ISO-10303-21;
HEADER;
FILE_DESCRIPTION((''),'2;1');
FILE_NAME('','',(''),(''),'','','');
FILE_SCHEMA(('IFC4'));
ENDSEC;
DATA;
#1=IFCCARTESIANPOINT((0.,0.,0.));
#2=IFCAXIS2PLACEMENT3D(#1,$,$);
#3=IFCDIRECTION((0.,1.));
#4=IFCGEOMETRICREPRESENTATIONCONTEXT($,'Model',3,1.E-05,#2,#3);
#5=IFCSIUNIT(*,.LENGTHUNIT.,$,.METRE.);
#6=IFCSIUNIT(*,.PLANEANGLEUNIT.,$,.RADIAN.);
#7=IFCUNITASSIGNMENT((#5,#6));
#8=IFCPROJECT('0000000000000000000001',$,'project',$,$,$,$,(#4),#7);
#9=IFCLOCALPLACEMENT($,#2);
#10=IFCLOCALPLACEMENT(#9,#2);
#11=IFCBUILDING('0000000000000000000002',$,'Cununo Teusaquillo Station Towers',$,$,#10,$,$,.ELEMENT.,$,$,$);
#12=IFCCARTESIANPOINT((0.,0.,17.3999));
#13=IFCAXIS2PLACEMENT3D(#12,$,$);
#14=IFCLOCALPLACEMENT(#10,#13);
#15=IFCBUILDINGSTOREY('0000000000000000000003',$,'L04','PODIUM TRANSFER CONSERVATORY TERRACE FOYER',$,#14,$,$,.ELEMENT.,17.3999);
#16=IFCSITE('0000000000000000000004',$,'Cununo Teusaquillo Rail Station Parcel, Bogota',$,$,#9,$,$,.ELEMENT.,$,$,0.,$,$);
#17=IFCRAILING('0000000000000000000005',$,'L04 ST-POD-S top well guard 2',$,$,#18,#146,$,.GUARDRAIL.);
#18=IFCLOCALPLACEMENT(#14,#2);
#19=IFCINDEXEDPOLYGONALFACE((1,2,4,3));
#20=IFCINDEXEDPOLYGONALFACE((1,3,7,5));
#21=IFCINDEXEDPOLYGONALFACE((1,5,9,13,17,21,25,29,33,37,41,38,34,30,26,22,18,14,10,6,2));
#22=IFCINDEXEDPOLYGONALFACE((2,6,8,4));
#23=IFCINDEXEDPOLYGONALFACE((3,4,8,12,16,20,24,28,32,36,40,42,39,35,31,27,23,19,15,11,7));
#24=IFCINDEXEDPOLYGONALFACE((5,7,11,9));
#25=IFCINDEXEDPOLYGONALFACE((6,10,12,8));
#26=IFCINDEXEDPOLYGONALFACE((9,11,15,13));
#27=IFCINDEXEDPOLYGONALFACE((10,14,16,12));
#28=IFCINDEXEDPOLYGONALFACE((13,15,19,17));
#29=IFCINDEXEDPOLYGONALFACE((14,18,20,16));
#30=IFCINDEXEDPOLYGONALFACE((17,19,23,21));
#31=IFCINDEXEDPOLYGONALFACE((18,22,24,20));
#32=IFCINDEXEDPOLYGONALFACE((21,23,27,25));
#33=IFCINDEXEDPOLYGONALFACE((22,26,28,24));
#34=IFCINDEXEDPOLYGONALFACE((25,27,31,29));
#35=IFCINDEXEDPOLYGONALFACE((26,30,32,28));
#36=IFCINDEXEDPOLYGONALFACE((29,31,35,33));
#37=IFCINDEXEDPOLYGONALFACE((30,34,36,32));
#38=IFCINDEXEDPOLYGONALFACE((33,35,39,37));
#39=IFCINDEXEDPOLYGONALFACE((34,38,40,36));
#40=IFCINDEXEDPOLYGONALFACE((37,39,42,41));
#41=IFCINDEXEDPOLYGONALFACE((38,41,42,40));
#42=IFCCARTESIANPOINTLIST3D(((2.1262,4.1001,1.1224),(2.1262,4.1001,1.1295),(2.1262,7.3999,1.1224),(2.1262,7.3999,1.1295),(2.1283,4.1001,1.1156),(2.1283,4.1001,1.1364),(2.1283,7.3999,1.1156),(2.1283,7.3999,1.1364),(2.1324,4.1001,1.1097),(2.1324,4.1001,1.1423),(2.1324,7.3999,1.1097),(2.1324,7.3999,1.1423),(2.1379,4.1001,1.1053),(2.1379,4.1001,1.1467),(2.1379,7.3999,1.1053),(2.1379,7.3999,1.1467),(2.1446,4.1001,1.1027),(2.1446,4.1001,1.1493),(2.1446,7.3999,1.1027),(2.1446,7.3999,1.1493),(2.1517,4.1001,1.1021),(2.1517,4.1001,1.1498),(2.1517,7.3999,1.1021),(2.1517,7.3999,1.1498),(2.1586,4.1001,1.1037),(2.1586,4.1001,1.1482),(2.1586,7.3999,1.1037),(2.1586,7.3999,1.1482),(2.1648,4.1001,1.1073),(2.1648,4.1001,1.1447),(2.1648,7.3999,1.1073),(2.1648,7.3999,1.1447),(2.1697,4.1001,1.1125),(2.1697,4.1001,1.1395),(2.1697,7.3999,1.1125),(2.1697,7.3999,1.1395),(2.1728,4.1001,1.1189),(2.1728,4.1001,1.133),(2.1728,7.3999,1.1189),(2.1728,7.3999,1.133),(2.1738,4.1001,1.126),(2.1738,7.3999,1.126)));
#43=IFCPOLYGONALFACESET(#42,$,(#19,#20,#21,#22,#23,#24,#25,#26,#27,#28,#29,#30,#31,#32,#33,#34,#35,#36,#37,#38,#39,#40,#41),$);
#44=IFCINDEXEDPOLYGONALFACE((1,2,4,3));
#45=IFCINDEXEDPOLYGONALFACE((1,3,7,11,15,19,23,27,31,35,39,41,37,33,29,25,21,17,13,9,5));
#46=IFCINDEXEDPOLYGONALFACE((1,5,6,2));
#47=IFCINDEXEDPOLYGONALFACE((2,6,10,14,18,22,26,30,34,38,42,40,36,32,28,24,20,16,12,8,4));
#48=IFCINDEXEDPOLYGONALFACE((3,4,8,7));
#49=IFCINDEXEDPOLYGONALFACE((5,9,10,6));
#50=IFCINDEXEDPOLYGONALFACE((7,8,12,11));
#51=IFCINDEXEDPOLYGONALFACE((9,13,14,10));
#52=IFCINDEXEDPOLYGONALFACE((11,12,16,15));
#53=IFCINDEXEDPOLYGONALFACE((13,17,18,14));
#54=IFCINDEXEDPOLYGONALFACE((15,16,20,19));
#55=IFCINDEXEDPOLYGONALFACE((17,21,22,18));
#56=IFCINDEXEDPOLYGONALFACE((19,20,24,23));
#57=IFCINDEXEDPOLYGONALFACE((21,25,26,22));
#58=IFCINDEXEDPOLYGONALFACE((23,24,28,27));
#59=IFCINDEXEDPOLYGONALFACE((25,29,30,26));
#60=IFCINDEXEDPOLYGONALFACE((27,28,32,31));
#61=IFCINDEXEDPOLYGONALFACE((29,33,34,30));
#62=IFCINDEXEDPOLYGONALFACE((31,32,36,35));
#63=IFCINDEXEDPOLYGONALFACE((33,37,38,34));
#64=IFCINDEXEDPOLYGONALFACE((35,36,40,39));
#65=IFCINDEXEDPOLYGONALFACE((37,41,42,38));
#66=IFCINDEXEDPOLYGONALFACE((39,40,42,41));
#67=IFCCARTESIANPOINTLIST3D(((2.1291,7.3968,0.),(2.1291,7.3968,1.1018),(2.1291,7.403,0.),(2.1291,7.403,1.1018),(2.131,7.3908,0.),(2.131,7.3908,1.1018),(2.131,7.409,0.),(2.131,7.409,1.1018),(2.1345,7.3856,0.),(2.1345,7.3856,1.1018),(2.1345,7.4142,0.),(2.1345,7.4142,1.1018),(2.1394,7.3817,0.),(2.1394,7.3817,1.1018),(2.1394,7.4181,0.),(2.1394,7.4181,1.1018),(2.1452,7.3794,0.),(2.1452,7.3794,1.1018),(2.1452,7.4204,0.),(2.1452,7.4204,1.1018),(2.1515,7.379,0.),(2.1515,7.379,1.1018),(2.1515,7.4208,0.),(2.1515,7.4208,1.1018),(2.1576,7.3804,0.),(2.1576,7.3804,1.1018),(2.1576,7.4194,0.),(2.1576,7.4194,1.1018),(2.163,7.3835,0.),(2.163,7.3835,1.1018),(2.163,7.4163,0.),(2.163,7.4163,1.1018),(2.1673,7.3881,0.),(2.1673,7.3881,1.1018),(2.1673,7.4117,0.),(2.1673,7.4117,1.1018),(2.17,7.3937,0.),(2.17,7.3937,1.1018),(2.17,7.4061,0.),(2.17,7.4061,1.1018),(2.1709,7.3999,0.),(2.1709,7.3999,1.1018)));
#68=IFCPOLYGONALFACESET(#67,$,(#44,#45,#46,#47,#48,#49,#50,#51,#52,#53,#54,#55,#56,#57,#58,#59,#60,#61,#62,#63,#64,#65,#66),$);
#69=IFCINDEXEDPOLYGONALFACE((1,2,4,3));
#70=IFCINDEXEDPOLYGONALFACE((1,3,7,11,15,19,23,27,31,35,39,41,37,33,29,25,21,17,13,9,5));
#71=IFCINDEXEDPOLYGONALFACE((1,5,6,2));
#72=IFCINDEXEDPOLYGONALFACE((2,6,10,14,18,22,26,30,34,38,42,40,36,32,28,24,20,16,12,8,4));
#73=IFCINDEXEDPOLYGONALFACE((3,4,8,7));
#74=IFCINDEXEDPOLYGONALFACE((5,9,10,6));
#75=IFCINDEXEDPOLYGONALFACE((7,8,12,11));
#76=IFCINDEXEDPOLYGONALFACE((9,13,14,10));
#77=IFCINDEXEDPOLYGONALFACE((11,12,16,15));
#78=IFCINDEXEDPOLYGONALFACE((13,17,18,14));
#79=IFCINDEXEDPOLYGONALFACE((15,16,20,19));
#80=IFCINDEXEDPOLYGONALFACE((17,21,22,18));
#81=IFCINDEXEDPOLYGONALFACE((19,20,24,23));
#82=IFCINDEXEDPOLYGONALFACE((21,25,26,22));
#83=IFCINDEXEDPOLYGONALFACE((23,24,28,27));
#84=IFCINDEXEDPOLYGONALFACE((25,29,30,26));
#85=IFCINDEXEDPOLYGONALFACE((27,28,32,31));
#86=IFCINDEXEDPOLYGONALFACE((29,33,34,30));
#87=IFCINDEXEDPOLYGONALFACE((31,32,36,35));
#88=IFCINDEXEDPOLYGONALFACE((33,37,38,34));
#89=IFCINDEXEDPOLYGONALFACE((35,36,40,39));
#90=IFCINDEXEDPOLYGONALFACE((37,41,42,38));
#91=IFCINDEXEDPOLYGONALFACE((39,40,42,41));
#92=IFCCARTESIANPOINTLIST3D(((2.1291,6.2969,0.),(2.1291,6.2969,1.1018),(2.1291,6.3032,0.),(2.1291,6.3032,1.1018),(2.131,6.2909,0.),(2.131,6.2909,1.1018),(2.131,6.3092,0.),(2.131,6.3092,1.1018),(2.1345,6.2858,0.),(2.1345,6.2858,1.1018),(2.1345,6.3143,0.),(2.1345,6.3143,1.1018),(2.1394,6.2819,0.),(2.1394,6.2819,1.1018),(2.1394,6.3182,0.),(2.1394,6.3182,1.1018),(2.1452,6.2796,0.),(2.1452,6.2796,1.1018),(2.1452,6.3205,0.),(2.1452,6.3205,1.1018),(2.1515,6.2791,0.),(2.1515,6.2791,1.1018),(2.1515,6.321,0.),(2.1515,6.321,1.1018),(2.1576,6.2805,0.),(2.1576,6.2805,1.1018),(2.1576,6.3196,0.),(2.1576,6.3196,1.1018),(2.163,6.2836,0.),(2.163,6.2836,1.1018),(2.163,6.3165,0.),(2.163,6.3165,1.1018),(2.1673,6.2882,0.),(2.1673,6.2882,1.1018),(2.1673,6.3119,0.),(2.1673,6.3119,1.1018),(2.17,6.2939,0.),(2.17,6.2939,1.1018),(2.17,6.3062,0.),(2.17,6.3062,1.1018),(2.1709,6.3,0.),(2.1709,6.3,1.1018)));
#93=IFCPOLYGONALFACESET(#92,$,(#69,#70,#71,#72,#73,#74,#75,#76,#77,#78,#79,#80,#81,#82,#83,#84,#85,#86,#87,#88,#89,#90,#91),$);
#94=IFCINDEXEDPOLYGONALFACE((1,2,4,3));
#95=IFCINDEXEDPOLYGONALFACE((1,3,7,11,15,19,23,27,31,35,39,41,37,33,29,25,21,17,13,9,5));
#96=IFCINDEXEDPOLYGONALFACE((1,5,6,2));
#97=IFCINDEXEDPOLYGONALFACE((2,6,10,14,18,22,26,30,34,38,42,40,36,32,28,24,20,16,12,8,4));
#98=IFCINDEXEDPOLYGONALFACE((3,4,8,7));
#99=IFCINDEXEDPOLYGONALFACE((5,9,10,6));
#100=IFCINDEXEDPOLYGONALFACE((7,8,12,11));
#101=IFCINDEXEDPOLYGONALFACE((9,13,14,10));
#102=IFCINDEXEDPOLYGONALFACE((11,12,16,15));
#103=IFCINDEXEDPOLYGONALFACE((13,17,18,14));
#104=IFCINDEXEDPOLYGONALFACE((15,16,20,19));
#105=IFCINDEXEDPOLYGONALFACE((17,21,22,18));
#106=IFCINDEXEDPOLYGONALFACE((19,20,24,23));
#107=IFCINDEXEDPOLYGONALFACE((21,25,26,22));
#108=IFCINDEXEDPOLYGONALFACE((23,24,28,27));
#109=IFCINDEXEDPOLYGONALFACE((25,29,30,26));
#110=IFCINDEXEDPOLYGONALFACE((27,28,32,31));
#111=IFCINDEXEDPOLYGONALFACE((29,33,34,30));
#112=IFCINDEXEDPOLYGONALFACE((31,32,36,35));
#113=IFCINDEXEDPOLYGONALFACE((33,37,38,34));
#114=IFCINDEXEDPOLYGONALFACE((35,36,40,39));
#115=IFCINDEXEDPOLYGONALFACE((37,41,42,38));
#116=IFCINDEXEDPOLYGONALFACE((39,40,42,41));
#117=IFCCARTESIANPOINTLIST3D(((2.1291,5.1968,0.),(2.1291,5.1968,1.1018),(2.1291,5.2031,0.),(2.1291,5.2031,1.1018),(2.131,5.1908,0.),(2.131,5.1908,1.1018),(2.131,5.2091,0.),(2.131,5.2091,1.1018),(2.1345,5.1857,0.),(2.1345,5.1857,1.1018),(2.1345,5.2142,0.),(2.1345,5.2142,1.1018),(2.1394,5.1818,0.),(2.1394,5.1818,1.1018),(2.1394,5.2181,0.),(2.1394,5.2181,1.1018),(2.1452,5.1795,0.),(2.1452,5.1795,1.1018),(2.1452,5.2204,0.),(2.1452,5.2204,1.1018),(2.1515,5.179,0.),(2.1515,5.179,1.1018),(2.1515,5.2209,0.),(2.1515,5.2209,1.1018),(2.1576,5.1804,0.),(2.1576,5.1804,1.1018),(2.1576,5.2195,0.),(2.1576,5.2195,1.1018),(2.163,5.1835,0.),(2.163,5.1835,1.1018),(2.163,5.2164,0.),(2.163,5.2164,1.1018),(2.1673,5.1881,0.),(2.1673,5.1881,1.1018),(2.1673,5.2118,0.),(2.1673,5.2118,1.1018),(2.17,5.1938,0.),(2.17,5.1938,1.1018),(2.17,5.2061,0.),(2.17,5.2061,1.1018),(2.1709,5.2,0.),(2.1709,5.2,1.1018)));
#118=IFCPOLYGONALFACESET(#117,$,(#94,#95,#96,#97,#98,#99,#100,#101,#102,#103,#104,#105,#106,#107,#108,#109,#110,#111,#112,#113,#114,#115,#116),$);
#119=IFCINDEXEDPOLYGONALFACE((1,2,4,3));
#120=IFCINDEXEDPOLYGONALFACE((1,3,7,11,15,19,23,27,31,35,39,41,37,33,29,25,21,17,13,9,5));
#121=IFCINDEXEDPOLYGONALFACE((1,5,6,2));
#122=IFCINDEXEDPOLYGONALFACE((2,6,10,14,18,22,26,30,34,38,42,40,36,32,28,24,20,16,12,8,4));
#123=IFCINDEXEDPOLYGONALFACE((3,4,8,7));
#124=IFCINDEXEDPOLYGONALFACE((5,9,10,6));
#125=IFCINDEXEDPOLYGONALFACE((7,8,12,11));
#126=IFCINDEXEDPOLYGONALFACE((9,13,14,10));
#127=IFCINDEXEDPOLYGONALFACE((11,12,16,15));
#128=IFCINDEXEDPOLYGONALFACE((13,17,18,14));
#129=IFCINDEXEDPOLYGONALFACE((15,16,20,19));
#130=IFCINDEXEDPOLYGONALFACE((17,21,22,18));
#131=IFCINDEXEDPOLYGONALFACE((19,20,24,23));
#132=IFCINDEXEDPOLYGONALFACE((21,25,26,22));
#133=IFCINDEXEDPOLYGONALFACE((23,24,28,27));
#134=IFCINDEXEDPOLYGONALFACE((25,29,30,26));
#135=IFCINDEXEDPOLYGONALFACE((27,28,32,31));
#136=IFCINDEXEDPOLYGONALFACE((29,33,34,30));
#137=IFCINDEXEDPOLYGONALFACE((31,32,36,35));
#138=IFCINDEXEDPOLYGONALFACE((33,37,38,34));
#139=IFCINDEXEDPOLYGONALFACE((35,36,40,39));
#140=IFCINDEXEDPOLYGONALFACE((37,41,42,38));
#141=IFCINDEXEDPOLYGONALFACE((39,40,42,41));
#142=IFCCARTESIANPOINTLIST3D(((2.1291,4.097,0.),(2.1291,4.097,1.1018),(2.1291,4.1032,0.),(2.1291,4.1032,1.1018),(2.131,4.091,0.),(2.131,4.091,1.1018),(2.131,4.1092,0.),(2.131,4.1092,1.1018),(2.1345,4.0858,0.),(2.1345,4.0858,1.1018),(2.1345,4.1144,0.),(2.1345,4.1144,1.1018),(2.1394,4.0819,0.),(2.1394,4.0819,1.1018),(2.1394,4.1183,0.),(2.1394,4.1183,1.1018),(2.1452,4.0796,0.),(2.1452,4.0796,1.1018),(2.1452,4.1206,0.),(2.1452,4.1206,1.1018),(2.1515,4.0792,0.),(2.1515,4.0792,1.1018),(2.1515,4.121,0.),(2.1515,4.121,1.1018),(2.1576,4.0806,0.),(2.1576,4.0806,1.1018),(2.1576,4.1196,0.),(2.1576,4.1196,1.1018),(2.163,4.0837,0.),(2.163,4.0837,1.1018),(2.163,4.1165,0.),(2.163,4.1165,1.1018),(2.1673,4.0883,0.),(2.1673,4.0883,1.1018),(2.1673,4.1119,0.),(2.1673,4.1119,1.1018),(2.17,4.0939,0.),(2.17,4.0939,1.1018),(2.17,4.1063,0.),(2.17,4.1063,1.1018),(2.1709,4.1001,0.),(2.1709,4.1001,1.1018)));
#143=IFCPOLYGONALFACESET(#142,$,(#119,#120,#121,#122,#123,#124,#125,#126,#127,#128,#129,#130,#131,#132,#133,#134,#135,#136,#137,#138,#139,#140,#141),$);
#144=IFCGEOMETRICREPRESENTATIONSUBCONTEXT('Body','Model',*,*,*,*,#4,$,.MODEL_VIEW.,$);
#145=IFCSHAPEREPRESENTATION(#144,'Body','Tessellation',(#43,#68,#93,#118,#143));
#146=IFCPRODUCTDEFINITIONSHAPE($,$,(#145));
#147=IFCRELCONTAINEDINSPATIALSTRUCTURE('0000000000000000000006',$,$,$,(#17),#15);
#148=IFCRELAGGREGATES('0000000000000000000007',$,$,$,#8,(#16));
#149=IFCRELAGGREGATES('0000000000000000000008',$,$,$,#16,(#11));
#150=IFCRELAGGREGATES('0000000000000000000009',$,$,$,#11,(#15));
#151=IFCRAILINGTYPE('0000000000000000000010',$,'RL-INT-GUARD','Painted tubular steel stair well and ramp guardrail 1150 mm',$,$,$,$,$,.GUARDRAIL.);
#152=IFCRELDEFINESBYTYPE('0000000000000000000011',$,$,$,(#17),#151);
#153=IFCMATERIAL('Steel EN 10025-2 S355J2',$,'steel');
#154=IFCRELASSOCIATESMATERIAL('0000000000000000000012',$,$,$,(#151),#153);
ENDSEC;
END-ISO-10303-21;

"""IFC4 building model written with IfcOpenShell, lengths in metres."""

from ifc_helpers import new_model, si_unit, direction, frame, origin, origin_2d, place, context, subcontext, project, spatial, circle, extrude, material, type_object, element, save


model = new_model("IFC4")

# Units and contexts
model_context = context("Model", 3, precision=1e-05, world=origin(), true_north=direction((0.0, 1.0)))
body_context = subcontext(model_context, "Body", "Model", "MODEL_VIEW")
ifc_project = project(units=[si_unit("LENGTHUNIT", "METRE"), si_unit("PLANEANGLEUNIT", "RADIAN")], contexts=[model_context])

# Site, building, storey
site_placement = place(None, origin())
site = spatial("IfcSite", under=ifc_project, at=site_placement, Name="Cununo Teusaquillo Rail Station Parcel, Bogota", CompositionType="ELEMENT", RefElevation=0.0)
building_placement = place(site_placement, origin())
building = spatial("IfcBuilding", under=site, at=building_placement, Name="Cununo Teusaquillo Station Towers", CompositionType="ELEMENT")
storey_placement = place(building_placement, frame((0.0, 0.0, 17.3999)))
storey = spatial("IfcBuildingStorey", under=building, at=storey_placement, Name="L04", Description="PODIUM TRANSFER CONSERVATORY TERRACE FOYER", CompositionType="ELEMENT", Elevation=17.3999)

# Railing
ifc_material_1 = material(Name="Steel EN 10025-2 S355J2", Category="steel")
railing_type = type_object("IfcRailingType", Name="RL-INT-GUARD", Description="Painted tubular steel stair well and ramp guardrail 1150 mm", PredefinedType="GUARDRAIL", material=ifc_material_1)
railing_1_placement = place(storey_placement, frame((2.1499, 7.3999, 0.0)))
element("IfcRailing", 1, at=railing_1_placement, inside=storey, type_object=railing_type, Name="L04 ST-POD-S top well guard 2", PredefinedType="GUARDRAIL", context=body_context, shape_type="SweptSolid", body=[
    extrude(circle(Radius=0.0239, at=origin_2d()), frame((0.0, 0.0, 1.126), z_axis=(0.0, -1.0, 0.0), x_axis=(1.0, 0.0, 0.0)), (0.0, 0.0, 1.0), 3.2998),
    extrude(circle(Radius=0.021, at=origin_2d()), origin(), (0.0, 0.0, 1.0), 1.1018),
    extrude(circle(Radius=0.021, at=origin_2d()), frame((0.0, -1.0999, 0.0)), (0.0, 0.0, 1.0), 1.1018),
    extrude(circle(Radius=0.021, at=origin_2d()), frame((0.0, -2.2, 0.0)), (0.0, 0.0, 1.0), 1.1018),
    extrude(circle(Radius=0.021, at=origin_2d()), frame((0.0, -3.2998, 0.0)), (0.0, 0.0, 1.0), 1.1018),
])

save(model, "model.ifc")
